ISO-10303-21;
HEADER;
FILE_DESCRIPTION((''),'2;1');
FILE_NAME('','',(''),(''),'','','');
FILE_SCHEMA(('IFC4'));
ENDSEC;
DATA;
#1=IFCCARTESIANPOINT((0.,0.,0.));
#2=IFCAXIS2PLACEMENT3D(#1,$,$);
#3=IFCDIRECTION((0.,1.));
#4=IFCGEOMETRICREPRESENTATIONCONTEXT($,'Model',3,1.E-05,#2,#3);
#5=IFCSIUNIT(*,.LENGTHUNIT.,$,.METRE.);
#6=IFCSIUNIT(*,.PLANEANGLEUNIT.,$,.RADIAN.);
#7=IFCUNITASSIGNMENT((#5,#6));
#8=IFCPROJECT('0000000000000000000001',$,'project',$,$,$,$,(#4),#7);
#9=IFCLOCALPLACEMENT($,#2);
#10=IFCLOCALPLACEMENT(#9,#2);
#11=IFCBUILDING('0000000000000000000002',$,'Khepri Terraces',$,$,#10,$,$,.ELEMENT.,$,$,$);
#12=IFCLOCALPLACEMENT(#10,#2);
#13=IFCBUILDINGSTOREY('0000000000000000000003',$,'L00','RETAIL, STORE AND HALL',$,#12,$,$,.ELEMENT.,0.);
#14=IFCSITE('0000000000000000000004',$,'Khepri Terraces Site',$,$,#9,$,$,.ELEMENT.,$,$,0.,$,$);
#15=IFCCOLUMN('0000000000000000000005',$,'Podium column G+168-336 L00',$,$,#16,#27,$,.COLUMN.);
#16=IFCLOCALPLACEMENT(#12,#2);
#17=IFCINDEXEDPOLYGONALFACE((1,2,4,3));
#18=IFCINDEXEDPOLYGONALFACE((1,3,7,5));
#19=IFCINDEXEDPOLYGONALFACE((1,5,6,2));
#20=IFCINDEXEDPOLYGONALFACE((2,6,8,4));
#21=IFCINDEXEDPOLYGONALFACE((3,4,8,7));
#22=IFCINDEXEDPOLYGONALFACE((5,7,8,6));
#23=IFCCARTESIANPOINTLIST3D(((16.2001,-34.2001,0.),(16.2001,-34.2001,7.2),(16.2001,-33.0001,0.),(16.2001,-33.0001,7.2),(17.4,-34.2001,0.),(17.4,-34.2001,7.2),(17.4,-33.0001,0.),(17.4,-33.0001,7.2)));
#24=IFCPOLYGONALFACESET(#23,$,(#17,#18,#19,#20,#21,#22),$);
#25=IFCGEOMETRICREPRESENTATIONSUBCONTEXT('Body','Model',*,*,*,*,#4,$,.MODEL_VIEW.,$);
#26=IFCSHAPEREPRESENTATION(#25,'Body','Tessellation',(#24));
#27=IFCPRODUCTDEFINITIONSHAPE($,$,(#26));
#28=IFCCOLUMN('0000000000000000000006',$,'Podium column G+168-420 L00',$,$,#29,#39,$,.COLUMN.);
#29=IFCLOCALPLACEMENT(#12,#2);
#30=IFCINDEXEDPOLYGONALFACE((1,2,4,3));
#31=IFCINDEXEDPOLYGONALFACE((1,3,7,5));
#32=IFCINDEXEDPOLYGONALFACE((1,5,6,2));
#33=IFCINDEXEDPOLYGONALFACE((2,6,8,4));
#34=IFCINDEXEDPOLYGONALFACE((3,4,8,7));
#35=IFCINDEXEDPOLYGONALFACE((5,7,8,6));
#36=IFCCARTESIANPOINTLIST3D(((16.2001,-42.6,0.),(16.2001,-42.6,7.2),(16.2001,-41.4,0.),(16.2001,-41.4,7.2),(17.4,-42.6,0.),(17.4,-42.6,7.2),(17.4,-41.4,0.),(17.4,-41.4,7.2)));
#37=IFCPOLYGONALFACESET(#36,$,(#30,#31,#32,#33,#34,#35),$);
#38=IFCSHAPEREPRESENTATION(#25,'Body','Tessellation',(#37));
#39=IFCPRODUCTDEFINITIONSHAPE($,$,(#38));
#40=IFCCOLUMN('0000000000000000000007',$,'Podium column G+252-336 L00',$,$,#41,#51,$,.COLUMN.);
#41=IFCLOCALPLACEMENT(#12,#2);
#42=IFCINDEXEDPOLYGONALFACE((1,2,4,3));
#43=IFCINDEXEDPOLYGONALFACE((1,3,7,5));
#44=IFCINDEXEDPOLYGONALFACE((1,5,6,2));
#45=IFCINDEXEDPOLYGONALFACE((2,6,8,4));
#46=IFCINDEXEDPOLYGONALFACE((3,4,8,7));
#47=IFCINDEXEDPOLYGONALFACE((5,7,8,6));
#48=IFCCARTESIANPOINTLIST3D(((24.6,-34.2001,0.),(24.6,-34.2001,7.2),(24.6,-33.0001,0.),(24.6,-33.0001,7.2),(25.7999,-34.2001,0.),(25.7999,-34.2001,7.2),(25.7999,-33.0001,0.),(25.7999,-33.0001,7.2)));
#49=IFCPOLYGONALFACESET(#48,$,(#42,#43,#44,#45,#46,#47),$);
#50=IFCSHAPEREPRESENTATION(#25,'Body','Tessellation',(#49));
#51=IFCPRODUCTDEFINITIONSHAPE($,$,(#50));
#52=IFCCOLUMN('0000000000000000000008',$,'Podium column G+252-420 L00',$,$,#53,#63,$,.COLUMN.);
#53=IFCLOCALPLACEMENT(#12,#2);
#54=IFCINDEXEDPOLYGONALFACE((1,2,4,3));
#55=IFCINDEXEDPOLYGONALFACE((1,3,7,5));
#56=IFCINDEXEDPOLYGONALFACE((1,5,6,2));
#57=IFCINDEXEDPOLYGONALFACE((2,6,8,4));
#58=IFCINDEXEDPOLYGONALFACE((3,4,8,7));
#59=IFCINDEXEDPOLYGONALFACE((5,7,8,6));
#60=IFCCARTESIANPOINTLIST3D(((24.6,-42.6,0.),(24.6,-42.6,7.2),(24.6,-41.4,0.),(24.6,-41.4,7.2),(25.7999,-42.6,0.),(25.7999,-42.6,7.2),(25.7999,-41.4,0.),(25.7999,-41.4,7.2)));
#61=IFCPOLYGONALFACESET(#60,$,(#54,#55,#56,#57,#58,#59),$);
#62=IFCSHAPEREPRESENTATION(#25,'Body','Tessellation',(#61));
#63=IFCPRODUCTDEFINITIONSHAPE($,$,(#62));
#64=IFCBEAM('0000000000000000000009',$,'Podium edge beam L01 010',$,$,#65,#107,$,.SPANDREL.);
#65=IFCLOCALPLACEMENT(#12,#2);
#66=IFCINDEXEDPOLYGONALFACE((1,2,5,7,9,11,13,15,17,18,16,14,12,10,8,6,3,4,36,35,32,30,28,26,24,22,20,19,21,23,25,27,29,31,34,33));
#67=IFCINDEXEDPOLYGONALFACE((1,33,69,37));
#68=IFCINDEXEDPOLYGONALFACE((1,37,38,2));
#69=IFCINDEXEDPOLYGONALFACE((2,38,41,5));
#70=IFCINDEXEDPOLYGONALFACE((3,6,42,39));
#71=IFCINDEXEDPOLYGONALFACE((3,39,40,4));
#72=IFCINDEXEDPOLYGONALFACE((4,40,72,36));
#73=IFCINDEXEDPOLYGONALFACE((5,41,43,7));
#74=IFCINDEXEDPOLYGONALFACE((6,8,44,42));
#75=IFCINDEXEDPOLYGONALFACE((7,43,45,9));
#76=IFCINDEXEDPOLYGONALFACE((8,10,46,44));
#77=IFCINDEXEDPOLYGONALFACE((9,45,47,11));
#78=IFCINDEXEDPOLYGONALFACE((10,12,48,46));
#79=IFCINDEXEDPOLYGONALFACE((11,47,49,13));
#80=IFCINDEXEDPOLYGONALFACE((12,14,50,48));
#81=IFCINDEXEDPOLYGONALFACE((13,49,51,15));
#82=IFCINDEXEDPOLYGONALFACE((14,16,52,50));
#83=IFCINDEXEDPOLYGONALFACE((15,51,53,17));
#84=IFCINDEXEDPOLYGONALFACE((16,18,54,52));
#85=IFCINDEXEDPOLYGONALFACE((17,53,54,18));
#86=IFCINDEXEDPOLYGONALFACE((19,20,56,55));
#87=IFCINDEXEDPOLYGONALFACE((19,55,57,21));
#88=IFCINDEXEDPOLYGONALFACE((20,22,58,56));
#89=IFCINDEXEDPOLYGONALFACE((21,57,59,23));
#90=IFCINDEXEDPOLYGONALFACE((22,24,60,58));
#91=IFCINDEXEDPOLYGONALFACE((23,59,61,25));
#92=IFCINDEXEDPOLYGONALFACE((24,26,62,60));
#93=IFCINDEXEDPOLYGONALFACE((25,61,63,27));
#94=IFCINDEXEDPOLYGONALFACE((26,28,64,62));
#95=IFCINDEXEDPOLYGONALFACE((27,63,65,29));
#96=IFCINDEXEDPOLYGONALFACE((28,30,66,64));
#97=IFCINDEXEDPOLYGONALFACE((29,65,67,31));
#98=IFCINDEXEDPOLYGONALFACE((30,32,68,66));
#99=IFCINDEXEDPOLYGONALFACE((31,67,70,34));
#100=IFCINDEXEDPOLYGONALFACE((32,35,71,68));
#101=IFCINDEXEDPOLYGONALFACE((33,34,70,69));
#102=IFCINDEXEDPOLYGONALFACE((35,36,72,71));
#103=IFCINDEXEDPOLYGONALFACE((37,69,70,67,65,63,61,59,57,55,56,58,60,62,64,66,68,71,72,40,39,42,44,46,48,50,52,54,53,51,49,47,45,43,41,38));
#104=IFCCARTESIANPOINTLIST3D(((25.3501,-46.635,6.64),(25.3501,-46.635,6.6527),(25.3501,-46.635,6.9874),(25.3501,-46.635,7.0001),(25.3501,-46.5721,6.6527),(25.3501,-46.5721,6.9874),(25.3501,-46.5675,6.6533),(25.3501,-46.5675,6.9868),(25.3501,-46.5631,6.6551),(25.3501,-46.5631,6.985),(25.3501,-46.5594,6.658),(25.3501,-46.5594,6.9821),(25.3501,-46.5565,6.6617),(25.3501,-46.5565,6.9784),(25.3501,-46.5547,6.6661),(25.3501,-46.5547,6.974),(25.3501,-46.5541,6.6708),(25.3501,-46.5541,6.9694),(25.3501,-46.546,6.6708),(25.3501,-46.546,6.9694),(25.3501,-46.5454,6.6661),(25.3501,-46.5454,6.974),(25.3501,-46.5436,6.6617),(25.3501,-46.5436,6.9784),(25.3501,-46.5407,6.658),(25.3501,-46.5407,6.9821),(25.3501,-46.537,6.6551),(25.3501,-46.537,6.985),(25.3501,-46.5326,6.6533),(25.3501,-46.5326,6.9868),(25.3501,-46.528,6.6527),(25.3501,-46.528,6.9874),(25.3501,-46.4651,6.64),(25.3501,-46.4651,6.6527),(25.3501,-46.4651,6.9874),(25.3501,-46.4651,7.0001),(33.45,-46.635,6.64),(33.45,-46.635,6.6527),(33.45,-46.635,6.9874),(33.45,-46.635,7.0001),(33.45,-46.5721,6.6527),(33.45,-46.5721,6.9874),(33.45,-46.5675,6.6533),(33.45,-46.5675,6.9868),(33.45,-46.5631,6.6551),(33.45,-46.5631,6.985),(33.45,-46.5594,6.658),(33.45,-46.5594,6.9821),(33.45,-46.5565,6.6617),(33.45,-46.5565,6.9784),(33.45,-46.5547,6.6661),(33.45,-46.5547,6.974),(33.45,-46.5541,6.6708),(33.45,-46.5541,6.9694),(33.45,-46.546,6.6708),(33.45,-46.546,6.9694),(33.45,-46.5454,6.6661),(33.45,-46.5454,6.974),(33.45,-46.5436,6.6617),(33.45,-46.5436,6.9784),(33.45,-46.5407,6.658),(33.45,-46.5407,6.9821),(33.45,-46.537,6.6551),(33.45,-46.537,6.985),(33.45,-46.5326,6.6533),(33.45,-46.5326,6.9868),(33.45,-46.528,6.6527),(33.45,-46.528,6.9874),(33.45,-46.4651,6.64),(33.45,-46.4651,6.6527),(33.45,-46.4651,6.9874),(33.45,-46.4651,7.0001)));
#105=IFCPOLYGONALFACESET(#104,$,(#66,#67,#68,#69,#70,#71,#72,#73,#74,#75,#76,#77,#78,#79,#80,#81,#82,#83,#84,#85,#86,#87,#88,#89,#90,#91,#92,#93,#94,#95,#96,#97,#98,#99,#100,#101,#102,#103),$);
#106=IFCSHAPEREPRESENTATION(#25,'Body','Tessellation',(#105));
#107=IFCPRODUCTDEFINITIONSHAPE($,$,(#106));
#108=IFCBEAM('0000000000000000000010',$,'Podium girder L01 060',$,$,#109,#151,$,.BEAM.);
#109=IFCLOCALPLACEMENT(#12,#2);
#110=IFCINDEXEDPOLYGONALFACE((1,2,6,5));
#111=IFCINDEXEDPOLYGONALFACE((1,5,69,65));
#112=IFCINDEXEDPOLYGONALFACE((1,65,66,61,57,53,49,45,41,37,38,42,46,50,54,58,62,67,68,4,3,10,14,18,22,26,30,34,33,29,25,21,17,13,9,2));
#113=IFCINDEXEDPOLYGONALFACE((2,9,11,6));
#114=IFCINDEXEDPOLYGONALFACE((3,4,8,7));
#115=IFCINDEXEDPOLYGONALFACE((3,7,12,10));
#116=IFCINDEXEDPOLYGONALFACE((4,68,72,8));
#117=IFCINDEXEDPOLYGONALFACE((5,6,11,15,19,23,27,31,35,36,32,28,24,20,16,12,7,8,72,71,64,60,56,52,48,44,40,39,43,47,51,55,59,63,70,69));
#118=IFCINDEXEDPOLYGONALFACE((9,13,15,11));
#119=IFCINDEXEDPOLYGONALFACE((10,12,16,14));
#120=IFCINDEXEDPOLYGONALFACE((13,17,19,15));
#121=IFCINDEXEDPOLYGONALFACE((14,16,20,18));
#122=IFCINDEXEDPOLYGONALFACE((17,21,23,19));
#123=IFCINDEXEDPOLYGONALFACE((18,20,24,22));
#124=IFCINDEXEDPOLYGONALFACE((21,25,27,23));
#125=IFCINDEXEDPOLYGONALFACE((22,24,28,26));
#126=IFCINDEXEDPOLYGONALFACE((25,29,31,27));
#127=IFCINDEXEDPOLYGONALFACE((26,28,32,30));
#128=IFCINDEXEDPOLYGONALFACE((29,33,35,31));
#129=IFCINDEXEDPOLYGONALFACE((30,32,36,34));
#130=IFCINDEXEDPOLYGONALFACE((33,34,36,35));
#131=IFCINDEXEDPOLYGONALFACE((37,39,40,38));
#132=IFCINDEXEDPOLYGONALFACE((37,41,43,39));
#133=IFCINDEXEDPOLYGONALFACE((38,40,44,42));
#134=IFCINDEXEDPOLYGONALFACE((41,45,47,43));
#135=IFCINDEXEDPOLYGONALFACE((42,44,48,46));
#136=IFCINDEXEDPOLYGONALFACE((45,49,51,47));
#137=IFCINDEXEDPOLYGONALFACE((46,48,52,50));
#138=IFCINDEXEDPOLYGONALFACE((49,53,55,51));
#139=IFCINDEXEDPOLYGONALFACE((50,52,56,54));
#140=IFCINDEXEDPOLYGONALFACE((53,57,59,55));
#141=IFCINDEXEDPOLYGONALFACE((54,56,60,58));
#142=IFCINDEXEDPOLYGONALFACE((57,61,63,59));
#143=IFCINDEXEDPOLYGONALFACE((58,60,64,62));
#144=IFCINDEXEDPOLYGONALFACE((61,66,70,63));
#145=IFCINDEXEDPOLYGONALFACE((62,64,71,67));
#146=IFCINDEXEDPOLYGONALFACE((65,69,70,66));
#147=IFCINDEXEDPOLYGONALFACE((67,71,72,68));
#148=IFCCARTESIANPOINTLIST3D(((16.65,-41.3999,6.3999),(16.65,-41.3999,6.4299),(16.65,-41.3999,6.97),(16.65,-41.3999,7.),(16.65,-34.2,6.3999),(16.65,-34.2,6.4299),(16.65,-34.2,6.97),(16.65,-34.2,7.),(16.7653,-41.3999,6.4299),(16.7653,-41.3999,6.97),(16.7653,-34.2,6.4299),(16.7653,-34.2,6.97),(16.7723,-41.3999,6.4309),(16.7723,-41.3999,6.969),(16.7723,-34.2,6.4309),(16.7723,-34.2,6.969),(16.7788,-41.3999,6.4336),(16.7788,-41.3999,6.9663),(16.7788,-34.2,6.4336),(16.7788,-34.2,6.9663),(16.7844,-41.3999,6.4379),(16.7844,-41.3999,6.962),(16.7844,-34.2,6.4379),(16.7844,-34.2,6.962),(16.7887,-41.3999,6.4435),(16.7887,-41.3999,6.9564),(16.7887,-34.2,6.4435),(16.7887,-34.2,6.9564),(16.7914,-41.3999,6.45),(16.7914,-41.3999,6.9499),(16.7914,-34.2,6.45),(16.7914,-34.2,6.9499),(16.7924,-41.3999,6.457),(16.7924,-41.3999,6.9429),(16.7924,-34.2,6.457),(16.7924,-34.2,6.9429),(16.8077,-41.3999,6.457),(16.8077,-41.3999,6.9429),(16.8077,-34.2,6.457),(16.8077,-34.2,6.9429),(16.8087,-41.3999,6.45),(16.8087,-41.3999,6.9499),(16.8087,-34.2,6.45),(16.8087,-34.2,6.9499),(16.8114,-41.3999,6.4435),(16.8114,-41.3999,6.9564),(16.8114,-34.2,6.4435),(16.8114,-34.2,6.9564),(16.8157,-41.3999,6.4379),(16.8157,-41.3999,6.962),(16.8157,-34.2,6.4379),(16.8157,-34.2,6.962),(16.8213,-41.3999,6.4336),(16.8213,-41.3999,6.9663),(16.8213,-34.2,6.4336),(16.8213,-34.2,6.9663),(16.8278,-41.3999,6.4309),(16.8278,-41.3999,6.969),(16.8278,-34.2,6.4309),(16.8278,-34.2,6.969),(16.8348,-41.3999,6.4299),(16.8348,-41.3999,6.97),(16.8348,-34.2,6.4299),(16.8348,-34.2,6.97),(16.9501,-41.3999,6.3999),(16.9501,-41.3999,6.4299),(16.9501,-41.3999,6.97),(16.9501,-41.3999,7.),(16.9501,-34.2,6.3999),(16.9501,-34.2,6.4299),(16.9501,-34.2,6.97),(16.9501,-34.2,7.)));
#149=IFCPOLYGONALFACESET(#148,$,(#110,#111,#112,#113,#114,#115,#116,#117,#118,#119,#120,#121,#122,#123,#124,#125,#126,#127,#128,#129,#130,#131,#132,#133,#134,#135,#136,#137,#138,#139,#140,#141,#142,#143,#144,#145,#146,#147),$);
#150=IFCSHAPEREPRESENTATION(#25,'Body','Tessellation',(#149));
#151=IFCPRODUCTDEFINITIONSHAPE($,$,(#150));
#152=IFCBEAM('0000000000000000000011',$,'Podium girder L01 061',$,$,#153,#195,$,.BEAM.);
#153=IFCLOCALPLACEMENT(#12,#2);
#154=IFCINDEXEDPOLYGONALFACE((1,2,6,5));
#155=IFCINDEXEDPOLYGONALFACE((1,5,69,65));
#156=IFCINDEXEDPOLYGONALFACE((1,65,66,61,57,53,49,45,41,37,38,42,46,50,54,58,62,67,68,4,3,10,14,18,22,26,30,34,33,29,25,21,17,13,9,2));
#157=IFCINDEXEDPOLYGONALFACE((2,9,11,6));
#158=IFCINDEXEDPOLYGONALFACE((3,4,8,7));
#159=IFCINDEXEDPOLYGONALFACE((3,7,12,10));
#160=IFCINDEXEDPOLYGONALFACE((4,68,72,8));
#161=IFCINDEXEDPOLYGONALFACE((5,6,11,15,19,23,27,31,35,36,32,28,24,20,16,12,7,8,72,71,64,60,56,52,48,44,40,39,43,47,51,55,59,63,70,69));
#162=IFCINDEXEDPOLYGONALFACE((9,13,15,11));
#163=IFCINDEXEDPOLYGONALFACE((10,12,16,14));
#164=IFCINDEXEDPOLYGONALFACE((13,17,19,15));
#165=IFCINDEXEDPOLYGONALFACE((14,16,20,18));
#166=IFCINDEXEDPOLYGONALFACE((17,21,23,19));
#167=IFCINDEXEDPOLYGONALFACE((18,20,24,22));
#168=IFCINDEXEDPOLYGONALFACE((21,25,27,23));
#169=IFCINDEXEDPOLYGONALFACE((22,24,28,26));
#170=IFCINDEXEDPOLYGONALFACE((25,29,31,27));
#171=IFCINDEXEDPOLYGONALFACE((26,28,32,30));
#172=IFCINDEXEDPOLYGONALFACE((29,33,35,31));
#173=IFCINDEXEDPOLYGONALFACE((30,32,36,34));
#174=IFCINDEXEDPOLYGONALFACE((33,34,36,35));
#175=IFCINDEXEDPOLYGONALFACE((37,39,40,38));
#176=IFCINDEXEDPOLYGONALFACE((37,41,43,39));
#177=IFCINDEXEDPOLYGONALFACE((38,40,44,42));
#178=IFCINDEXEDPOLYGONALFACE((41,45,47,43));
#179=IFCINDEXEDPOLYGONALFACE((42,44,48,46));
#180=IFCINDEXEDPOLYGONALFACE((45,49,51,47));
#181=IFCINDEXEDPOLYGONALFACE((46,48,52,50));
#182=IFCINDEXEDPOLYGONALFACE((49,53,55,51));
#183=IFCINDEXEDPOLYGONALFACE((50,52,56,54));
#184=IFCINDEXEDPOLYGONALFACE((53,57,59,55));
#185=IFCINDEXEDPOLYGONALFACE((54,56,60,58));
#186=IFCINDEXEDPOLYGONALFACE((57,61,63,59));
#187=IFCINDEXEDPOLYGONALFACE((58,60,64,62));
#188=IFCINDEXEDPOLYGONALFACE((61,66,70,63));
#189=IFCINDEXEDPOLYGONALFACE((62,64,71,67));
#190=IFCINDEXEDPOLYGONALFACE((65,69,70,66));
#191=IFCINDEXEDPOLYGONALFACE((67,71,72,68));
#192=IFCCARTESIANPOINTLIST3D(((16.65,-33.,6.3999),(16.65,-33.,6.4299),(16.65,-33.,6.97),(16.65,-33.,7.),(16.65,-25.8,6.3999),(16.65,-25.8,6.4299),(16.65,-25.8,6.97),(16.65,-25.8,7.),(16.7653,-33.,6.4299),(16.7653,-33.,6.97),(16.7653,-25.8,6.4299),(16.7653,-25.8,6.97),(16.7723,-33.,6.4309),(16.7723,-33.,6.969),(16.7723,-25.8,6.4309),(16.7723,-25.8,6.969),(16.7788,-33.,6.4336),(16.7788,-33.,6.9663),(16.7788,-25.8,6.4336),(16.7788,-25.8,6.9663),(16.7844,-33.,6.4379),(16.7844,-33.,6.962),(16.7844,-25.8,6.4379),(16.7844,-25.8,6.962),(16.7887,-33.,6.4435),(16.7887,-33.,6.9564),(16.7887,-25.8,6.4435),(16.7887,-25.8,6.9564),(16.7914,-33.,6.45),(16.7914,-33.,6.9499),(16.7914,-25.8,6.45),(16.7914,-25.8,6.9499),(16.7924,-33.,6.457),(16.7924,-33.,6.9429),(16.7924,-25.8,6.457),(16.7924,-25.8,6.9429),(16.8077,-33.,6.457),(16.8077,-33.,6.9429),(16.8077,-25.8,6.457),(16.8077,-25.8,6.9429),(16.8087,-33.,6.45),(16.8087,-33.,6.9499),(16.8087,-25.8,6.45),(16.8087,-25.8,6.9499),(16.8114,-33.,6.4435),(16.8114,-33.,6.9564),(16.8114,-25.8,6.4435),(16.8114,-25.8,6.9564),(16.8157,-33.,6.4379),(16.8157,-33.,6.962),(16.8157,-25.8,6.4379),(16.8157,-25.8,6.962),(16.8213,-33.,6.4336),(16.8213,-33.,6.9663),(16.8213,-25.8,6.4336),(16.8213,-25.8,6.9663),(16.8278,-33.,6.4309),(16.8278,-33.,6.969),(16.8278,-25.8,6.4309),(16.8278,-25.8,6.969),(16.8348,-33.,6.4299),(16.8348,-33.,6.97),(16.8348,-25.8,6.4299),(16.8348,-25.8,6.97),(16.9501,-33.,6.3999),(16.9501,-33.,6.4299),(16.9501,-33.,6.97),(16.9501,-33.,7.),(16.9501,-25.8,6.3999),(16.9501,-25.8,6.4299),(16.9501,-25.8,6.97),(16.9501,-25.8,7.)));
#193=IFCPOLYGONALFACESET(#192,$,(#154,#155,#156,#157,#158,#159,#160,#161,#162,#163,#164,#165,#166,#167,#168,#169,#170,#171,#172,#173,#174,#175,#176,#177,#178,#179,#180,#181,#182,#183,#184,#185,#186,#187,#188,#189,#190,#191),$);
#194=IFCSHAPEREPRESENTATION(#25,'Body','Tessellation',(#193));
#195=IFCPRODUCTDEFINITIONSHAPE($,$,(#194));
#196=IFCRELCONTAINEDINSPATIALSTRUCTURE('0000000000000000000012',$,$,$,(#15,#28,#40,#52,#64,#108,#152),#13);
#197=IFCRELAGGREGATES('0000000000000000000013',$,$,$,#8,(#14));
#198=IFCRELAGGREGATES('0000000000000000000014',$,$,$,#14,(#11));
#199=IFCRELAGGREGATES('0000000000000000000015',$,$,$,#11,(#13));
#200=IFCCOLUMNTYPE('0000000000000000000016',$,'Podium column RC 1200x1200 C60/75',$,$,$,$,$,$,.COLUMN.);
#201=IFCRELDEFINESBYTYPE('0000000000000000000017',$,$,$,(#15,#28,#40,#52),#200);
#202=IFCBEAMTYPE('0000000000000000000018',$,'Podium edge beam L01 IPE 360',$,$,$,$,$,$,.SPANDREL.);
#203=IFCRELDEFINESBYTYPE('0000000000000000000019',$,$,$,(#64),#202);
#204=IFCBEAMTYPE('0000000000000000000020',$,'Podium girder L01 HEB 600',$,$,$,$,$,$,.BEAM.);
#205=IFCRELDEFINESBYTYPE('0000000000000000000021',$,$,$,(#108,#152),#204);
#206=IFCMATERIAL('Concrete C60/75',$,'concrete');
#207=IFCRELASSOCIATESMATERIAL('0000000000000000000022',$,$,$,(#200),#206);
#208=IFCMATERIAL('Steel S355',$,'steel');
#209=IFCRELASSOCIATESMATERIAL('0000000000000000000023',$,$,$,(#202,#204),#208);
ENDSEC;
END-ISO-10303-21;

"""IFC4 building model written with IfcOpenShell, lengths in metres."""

from ifc_helpers import new_model, si_unit, direction, frame, origin, origin_2d, place, context, subcontext, project, spatial, rectangle, i_section, extrude, material, material_profile, profile_set, type_object, element, save


model = new_model("IFC4")

# Units and contexts
model_context = context("Model", 3, precision=1e-05, world=origin(), true_north=direction((0.0, 1.0)))
body_context = subcontext(model_context, "Body", "Model", "MODEL_VIEW")
ifc_project = project(units=[si_unit("LENGTHUNIT", "METRE"), si_unit("PLANEANGLEUNIT", "RADIAN")], contexts=[model_context])

# Site, building, storey
site_placement = place(None, origin())
site = spatial("IfcSite", under=ifc_project, at=site_placement, Name="Khepri Terraces Site", CompositionType="ELEMENT", RefElevation=0.0)
building_placement = place(site_placement, origin())
building = spatial("IfcBuilding", under=site, at=building_placement, Name="Khepri Terraces", CompositionType="ELEMENT")
storey_placement = place(building_placement, origin())
storey = spatial("IfcBuildingStorey", under=building, at=storey_placement, Name="L00", Description="RETAIL, STORE AND HALL", CompositionType="ELEMENT", Elevation=0.0)

# Columns
ifc_material_1 = material(Name="Concrete C60/75", Category="concrete")
ifc_material_profile_1 = material_profile(ifc_material_1, rectangle(XDim=1.2, YDim=1.2, at=origin_2d()), Name="Concrete C60/75", Category="concrete")
ifc_profile_set_1 = profile_set([ifc_material_profile_1], Name="Concrete C60/75")
column_type = type_object("IfcColumnType", Name="Podium column RC 1200x1200 C60/75", PredefinedType="COLUMN", material=ifc_profile_set_1)
for number, where, z_axis, x_axis, name in (
    (1, (16.8, -33.6001, 0.0), (0.0, 0.0, 1.0), (1.0, 0.0, 0.0), "Podium column G+168-336 L00"),
    (2, (16.8, -42.0, 0.0), (0.0, 0.0, 1.0), (1.0, 0.0, 0.0), "Podium column G+168-420 L00"),
    (3, (25.2, -33.6001, 0.0), (0.0, 0.0, 1.0), (1.0, 0.0, 0.0), "Podium column G+252-336 L00"),
    (4, (25.2, -42.0, 0.0), (0.0, 0.0, 1.0), (1.0, 0.0, 0.0), "Podium column G+252-420 L00"),
):
    element("IfcColumn", number, at=place(storey_placement, frame(where, z_axis=z_axis, x_axis=x_axis)), inside=storey, type_object=column_type, Name=name, PredefinedType="COLUMN", context=body_context, shape_type="SweptSolid", body=[
        extrude(rectangle(XDim=1.2, YDim=1.2, at=origin_2d()), origin(), (0.0, 0.0, 1.0), 7.2),
    ])

# Beams
ifc_material_2 = material(Name="Steel S355", Category="steel")
ifc_material_profile_2 = material_profile(ifc_material_2, i_section(OverallWidth=0.1699, OverallDepth=0.3601, WebThickness=0.0081, FlangeThickness=0.0127, FilletRadius=0.0181, at=origin_2d()), Name="Steel S355", Category="steel")
ifc_profile_set_2 = profile_set([ifc_material_profile_2], Name="Steel S355")
beam_type_1 = type_object("IfcBeamType", Name="Podium edge beam L01 IPE 360", PredefinedType="SPANDREL", material=ifc_profile_set_2)
beam_1_placement = place(storey_placement, frame((25.3501, -46.55, 6.8201), z_axis=(1.0, 0.0, 0.0), x_axis=(0.0, 1.0, 0.0)))
element("IfcBeam", 5, at=beam_1_placement, inside=storey, type_object=beam_type_1, Name="Podium edge beam L01 010", PredefinedType="SPANDREL", context=body_context, shape_type="SweptSolid", body=[
    extrude(i_section(OverallWidth=0.1699, OverallDepth=0.3601, WebThickness=0.0081, FlangeThickness=0.0127, FilletRadius=0.0181, at=origin_2d()), origin(), (0.0, 0.0, 1.0), 8.0999),
])
ifc_material_profile_3 = material_profile(ifc_material_2, i_section(OverallWidth=0.3, OverallDepth=0.6001, WebThickness=0.0154, FlangeThickness=0.03, FilletRadius=0.0271, at=origin_2d()), Name="Steel S355", Category="steel")
ifc_profile_set_3 = profile_set([ifc_material_profile_3], Name="Steel S355")
beam_type_2 = type_object("IfcBeamType", Name="Podium girder L01 HEB 600", PredefinedType="BEAM", material=ifc_profile_set_3)
for number, where, z_axis, x_axis, name in (
    (6, (16.8, -41.3999, 6.7), (0.0, 1.0, 0.0), (-1.0, 0.0, 0.0), "Podium girder L01 060"),
    (7, (16.8, -33.0, 6.7), (0.0, 1.0, 0.0), (-1.0, 0.0, 0.0), "Podium girder L01 061"),
):
    element("IfcBeam", number, at=place(storey_placement, frame(where, z_axis=z_axis, x_axis=x_axis)), inside=storey, type_object=beam_type_2, Name=name, PredefinedType="BEAM", context=body_context, shape_type="SweptSolid", body=[
        extrude(i_section(OverallWidth=0.3, OverallDepth=0.6001, WebThickness=0.0154, FlangeThickness=0.03, FilletRadius=0.0271, at=origin_2d()), origin(), (0.0, 0.0, 1.0), 7.2),
    ])

save(model, "model.ifc")
